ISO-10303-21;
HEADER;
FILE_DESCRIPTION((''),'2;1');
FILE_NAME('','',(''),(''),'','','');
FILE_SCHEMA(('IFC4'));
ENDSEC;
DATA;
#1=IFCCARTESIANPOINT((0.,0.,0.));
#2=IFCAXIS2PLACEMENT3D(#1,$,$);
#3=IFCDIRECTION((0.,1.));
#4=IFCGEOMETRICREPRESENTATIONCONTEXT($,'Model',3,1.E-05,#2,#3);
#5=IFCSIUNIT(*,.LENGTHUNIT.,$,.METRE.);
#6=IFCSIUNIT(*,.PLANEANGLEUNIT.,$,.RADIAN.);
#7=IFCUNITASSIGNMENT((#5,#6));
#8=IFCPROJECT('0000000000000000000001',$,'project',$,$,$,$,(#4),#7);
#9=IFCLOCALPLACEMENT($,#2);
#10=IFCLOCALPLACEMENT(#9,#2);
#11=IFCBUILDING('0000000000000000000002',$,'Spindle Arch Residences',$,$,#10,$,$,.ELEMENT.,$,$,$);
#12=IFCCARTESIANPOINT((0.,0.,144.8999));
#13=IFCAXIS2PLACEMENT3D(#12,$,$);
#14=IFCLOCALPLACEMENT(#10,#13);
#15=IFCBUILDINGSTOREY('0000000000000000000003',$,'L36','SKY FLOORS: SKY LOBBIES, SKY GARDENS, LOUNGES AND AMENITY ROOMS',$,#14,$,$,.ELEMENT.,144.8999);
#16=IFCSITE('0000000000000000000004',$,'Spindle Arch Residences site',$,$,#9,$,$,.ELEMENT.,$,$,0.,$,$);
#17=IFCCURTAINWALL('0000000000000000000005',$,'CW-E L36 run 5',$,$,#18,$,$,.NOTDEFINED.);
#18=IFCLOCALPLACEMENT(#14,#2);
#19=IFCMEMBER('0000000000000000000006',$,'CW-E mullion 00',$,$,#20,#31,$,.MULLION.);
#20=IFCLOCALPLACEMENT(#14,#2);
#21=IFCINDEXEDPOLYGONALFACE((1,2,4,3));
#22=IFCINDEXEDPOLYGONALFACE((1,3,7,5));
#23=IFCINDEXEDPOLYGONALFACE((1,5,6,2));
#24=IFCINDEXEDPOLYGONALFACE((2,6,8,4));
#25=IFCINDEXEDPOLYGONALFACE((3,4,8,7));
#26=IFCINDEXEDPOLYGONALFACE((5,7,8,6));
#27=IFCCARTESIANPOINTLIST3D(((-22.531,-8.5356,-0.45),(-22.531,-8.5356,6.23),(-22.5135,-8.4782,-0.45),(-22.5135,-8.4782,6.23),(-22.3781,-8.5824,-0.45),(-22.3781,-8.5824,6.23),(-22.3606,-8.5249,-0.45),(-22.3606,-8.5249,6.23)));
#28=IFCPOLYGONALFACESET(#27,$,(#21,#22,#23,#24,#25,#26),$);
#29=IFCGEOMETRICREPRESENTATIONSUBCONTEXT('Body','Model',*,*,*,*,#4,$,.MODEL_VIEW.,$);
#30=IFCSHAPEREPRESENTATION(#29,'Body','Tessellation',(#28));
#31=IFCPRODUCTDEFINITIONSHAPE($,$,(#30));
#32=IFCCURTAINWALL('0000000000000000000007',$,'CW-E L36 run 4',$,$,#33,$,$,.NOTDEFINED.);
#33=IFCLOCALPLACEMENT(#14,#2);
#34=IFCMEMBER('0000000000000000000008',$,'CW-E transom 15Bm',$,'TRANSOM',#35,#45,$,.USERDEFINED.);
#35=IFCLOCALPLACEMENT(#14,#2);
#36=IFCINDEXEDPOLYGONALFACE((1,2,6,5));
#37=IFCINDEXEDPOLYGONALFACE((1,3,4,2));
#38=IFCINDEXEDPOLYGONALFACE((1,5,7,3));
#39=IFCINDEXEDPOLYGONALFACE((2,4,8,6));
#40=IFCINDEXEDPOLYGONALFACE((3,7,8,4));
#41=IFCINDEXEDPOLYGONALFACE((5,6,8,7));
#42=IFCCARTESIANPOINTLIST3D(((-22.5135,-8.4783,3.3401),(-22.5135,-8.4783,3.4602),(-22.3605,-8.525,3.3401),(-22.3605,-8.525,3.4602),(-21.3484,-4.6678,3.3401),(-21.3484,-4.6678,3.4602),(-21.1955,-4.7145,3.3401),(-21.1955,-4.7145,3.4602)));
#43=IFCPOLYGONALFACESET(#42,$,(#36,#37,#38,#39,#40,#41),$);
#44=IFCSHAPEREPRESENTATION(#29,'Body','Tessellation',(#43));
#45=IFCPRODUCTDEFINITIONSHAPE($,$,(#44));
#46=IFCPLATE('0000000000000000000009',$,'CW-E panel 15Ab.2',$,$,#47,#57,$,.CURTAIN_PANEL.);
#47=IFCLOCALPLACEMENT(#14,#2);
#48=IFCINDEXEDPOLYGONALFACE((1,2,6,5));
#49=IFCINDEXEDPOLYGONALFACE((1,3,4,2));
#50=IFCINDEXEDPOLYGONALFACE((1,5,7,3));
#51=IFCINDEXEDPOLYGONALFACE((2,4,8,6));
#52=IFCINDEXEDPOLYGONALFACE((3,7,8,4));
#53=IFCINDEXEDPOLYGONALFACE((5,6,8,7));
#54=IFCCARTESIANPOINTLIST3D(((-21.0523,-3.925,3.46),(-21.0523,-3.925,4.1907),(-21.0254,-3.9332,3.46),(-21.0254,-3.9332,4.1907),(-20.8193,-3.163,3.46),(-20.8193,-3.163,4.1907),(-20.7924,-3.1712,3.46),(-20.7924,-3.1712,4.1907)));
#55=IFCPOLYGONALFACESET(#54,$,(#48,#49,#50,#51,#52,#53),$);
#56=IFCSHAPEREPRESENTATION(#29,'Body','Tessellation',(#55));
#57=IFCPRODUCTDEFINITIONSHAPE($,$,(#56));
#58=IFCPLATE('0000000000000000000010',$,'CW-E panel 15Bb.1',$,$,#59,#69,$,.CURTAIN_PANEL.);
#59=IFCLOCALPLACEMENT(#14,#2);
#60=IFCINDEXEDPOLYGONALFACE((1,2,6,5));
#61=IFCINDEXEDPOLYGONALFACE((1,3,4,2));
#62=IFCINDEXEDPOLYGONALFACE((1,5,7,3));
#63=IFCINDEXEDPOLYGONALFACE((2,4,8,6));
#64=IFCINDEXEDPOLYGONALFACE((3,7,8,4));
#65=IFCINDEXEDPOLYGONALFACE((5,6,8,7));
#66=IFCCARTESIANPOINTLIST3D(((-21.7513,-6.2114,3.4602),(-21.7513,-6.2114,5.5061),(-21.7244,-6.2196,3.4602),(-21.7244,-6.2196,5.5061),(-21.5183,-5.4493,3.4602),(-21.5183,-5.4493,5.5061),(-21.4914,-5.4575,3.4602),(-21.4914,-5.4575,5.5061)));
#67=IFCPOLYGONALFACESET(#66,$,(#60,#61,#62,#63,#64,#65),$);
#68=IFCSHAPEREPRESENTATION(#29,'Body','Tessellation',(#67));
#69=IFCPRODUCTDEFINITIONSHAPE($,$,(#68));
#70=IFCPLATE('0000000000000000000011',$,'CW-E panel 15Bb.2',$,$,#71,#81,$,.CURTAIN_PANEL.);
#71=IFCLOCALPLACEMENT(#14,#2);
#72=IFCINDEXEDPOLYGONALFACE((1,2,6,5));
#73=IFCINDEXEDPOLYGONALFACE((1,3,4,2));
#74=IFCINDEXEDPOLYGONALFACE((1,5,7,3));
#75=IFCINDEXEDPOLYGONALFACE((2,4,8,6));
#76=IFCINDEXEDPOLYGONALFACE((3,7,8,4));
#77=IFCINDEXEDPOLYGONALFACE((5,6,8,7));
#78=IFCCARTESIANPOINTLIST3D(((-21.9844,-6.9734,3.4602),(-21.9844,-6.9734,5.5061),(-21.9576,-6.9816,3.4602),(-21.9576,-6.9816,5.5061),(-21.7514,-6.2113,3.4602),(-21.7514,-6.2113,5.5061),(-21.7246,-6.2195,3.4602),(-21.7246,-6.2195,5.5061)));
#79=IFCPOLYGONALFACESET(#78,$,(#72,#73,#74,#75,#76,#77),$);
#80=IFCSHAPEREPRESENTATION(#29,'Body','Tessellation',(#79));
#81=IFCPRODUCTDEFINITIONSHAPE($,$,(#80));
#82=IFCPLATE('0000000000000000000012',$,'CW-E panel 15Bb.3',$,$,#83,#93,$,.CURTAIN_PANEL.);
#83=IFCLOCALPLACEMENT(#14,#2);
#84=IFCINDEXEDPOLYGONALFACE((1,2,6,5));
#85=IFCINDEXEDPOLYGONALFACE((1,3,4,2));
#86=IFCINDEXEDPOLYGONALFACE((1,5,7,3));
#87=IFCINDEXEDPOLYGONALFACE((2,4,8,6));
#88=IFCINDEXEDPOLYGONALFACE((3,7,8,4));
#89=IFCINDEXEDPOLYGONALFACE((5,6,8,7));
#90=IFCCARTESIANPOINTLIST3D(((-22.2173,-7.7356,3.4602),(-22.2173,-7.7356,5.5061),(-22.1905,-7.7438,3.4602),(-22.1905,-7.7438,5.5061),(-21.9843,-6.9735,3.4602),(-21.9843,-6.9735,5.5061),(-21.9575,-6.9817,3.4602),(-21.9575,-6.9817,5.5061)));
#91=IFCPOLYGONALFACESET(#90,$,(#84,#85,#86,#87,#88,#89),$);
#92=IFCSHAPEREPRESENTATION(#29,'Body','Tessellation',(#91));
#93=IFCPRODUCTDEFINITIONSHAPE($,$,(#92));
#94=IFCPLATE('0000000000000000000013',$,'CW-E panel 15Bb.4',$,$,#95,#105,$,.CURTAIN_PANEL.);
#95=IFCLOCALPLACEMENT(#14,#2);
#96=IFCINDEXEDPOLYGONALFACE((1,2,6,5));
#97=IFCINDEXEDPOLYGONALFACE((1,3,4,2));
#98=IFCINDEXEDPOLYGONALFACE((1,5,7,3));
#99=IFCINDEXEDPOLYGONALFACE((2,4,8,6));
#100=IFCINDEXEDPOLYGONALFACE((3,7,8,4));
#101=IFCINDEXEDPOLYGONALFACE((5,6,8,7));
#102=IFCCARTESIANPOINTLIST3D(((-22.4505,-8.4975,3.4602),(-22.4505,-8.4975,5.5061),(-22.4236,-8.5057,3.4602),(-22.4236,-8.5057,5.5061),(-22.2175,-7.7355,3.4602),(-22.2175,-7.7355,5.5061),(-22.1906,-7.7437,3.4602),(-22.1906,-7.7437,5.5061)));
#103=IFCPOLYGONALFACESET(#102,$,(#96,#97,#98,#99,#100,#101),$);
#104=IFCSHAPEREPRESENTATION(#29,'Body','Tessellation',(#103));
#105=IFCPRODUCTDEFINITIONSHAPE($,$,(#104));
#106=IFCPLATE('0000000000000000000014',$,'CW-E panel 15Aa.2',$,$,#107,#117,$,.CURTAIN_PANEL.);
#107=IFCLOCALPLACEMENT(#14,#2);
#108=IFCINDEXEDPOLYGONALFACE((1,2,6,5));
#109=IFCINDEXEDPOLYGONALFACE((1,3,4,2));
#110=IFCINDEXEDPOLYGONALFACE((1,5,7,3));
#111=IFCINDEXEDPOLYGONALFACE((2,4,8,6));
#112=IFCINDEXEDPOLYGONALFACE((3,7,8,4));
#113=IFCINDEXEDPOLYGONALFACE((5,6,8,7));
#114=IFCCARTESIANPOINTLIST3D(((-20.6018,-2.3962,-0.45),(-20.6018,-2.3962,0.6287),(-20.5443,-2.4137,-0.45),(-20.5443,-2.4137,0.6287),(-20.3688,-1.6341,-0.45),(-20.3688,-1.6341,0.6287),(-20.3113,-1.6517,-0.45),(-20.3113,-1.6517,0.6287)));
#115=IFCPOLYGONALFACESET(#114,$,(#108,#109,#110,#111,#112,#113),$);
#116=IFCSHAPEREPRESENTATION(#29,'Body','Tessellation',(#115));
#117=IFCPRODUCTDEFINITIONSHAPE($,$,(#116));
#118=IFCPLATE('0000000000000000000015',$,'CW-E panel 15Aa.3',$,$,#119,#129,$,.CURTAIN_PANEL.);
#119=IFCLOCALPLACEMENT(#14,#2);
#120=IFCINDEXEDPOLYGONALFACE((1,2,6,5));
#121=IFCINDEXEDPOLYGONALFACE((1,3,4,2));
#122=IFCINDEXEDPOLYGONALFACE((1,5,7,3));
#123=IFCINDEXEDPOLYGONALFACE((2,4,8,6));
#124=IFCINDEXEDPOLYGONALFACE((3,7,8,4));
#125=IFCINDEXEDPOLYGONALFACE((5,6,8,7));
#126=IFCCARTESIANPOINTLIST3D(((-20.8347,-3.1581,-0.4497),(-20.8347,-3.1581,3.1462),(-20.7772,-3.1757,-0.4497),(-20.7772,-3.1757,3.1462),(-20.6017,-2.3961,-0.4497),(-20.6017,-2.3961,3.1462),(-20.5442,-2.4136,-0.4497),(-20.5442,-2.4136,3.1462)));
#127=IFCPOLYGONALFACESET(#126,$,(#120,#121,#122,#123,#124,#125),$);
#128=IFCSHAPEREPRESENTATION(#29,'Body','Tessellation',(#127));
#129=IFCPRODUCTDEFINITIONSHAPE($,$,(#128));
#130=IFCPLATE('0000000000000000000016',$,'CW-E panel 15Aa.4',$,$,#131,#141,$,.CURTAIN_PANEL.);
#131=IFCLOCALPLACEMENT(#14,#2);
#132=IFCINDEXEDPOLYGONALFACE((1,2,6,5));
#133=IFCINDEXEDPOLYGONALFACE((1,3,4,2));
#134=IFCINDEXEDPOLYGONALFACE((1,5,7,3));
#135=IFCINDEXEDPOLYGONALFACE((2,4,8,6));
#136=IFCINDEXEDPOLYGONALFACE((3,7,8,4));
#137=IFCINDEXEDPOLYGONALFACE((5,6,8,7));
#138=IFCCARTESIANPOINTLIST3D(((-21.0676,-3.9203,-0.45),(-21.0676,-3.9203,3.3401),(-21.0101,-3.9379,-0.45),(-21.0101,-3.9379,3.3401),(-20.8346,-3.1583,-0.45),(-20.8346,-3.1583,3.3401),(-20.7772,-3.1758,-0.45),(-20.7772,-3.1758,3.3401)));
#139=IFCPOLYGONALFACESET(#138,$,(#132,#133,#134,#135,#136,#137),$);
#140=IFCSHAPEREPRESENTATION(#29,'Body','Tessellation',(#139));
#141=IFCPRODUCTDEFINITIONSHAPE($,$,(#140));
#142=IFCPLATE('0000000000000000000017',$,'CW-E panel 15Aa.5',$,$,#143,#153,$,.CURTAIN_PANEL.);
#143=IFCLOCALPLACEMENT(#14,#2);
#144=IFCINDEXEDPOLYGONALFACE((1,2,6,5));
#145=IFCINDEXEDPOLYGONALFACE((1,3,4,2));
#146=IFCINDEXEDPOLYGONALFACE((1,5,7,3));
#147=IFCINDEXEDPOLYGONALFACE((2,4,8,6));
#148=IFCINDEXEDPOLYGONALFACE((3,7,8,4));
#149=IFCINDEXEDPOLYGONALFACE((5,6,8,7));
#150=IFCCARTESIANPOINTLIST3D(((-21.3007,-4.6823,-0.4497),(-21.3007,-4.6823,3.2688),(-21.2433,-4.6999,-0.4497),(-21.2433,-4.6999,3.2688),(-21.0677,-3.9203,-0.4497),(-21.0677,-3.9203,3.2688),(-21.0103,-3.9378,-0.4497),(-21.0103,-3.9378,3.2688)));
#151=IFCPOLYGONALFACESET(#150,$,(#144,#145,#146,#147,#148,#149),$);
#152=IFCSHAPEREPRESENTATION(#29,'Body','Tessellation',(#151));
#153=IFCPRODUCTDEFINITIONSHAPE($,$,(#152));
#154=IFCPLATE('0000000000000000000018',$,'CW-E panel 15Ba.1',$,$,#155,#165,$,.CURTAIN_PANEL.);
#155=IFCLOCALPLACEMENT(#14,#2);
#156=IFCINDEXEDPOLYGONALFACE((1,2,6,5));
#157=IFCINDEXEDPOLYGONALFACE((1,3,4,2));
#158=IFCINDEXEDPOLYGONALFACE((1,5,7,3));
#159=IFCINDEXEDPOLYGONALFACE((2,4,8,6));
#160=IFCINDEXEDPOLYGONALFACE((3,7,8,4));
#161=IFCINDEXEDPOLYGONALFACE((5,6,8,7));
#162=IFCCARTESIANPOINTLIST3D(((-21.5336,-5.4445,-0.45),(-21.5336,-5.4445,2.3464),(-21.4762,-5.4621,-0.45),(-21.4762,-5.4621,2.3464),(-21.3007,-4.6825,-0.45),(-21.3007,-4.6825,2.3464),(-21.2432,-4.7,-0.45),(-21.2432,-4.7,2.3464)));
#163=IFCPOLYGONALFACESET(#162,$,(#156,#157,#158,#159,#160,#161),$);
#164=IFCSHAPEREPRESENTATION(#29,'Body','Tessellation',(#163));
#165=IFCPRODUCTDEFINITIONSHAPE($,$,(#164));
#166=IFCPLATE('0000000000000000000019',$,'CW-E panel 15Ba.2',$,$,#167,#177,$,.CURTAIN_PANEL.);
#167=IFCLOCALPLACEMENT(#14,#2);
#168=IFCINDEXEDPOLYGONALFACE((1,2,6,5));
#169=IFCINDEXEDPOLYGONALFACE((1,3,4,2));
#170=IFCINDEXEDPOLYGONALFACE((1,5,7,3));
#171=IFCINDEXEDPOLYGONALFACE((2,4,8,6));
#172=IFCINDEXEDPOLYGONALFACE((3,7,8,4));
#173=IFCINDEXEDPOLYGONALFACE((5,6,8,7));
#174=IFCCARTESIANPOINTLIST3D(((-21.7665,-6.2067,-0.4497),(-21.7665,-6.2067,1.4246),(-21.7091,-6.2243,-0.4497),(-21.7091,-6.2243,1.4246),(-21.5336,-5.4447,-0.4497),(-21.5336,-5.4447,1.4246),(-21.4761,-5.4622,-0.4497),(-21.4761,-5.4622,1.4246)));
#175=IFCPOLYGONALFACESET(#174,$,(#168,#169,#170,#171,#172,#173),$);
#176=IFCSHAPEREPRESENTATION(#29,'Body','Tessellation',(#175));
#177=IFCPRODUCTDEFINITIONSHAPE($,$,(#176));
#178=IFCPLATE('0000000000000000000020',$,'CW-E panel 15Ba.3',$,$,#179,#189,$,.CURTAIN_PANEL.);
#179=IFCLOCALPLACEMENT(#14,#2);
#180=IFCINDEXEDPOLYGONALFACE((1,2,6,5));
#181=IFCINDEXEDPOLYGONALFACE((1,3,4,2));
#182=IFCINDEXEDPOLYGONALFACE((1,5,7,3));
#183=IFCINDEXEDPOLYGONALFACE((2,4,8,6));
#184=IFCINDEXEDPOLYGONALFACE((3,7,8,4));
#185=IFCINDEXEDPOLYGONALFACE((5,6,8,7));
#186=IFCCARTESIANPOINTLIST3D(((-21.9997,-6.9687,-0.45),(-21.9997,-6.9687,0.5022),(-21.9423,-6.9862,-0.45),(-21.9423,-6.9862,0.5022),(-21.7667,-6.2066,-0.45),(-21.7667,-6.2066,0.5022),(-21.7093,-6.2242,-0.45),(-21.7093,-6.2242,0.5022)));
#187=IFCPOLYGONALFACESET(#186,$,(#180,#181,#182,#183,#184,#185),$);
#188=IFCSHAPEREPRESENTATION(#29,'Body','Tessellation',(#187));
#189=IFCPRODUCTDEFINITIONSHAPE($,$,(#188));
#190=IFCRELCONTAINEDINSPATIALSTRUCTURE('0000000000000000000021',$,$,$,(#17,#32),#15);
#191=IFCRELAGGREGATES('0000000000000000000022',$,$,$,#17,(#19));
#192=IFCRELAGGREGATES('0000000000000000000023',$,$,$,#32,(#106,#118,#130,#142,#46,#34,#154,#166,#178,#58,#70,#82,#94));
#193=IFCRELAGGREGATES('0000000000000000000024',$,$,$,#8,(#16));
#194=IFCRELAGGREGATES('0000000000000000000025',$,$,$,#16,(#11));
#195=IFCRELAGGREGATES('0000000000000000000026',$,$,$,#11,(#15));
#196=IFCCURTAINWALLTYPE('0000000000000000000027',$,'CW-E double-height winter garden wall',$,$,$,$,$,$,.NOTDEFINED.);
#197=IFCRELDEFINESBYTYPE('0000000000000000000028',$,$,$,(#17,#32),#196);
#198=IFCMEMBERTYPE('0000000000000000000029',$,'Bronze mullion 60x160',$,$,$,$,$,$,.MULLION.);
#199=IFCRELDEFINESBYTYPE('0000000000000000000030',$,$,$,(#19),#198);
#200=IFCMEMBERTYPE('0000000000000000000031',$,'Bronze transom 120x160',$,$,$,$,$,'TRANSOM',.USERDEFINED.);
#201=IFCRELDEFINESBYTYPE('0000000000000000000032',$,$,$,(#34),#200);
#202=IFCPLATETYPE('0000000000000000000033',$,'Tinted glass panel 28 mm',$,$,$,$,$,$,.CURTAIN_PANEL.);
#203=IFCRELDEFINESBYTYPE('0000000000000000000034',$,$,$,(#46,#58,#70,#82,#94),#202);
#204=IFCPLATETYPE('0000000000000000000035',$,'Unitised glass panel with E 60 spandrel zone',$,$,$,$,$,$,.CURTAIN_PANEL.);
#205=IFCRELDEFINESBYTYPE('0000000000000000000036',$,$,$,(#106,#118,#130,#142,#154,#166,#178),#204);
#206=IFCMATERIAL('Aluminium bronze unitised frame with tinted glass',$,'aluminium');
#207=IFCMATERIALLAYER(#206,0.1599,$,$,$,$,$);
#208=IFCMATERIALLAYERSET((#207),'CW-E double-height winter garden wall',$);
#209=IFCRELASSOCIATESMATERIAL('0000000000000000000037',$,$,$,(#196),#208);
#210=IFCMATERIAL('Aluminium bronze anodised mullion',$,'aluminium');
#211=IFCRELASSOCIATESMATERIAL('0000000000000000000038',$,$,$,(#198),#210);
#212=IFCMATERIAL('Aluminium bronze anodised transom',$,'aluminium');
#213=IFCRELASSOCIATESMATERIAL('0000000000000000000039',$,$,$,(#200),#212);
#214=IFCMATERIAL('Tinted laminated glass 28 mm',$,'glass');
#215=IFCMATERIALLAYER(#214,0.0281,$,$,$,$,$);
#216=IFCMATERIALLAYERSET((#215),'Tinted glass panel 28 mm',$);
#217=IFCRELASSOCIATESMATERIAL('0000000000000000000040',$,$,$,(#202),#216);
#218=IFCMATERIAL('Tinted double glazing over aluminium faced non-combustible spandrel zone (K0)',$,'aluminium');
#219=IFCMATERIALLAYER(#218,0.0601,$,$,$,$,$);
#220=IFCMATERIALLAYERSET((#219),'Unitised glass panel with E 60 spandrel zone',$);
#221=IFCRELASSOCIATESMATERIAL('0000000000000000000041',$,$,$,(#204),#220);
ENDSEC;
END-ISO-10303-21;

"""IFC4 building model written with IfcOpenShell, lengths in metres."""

from ifc_helpers import new_model, si_unit, direction, frame, origin, origin_2d, place, context, subcontext, project, spatial, rectangle, extrude, material, layer, layer_set, material_profile, profile_set, type_object, element, aggregate, save


model = new_model("IFC4")

# Units and contexts
model_context = context("Model", 3, precision=1e-05, world=origin(), true_north=direction((0.0, 1.0)))
body_context = subcontext(model_context, "Body", "Model", "MODEL_VIEW")
ifc_project = project(units=[si_unit("LENGTHUNIT", "METRE"), si_unit("PLANEANGLEUNIT", "RADIAN")], contexts=[model_context])

# Site, building, storey
site_placement = place(None, origin())
site = spatial("IfcSite", under=ifc_project, at=site_placement, Name="Spindle Arch Residences site", CompositionType="ELEMENT", RefElevation=0.0)
building_placement = place(site_placement, origin())
building = spatial("IfcBuilding", under=site, at=building_placement, Name="Spindle Arch Residences", CompositionType="ELEMENT")
storey_placement = place(building_placement, frame((0.0, 0.0, 144.8999)))
storey = spatial("IfcBuildingStorey", under=building, at=storey_placement, Name="L36", Description="SKY FLOORS: SKY LOBBIES, SKY GARDENS, LOUNGES AND AMENITY ROOMS", CompositionType="ELEMENT", Elevation=144.8999)

# Curtain wall, member
ifc_material_1 = material(Name="Aluminium bronze unitised frame with tinted glass", Category="aluminium")
ifc_layer_1 = layer(ifc_material_1, 0.1599)
ifc_layer_set_1 = layer_set([ifc_layer_1], Name="CW-E double-height winter garden wall")
curtain_wall_type = type_object("IfcCurtainWallType", Name="CW-E double-height winter garden wall", PredefinedType="NOTDEFINED", material=ifc_layer_set_1)
curtain_wall_1_placement = place(storey_placement, origin())
curtain_wall_1 = element("IfcCurtainWall", 1, at=curtain_wall_1_placement, inside=storey, type_object=curtain_wall_type, Name="CW-E L36 run 5", PredefinedType="NOTDEFINED")
ifc_material_2 = material(Name="Aluminium bronze anodised mullion", Category="aluminium")
ifc_material_profile_1 = material_profile(ifc_material_2, rectangle(XDim=0.1599, YDim=0.0601, at=origin_2d()), Name="MU 60x160")
ifc_profile_set_1 = profile_set([ifc_material_profile_1], Name="Aluminium bronze anodised mullion")
member_type_1 = type_object("IfcMemberType", Name="Bronze mullion 60x160", PredefinedType="MULLION", material=ifc_profile_set_1)
member_1_placement = place(storey_placement, frame((-22.4458, -8.5303, -0.45), z_axis=(0.0, 0.0, 1.0), x_axis=(0.956305, -0.292372, 0.0)))
member_1 = element("IfcMember", 2, at=member_1_placement, type_object=member_type_1, Name="CW-E mullion 00", PredefinedType="MULLION", context=body_context, shape_type="SweptSolid", body=[
    extrude(rectangle(XDim=0.1599, YDim=0.0601, at=origin_2d()), origin(), (0.0, 0.0, 1.0), 6.6799),
])
aggregate(curtain_wall_1, [member_1])

# Curtain wall, member, plates
curtain_wall_2_placement = place(storey_placement, origin())
curtain_wall_2 = element("IfcCurtainWall", 3, at=curtain_wall_2_placement, inside=storey, type_object=curtain_wall_type, Name="CW-E L36 run 4", PredefinedType="NOTDEFINED")
ifc_material_3 = material(Name="Aluminium bronze anodised transom", Category="aluminium")
ifc_material_profile_2 = material_profile(ifc_material_3, rectangle(XDim=0.1599, YDim=0.1201, at=origin_2d()), Name="TR 120x160")
ifc_profile_set_2 = profile_set([ifc_material_profile_2], Name="Aluminium bronze anodised transom")
member_type_2 = type_object("IfcMemberType", Name="Bronze transom 120x160", ElementType="TRANSOM", PredefinedType="USERDEFINED", material=ifc_profile_set_2)
member_2_placement = place(storey_placement, frame((-21.272, -4.6912, 3.4001), z_axis=(-0.29238, -0.956302, 0.0), x_axis=(0.956302, -0.29238, 0.0)))
member_2 = element("IfcMember", 4, at=member_2_placement, type_object=member_type_2, Name="CW-E transom 15Bm", ObjectType="TRANSOM", PredefinedType="USERDEFINED", context=body_context, shape_type="SweptSolid", body=[
    extrude(rectangle(XDim=0.1599, YDim=0.1201, at=origin_2d()), origin(), (0.0, 0.0, 1.0), 3.9846),
])
ifc_material_4 = material(Name="Tinted laminated glass 28 mm", Category="glass")
ifc_layer_2 = layer(ifc_material_4, 0.0281)
ifc_layer_set_2 = layer_set([ifc_layer_2], Name="Tinted glass panel 28 mm")
plate_type_1 = type_object("IfcPlateType", Name="Tinted glass panel 28 mm", PredefinedType="CURTAIN_PANEL", material=ifc_layer_set_2)
plate_1_placement = place(storey_placement, frame((-20.9224, -3.5481, 3.46), z_axis=(0.0, 0.0, 1.0), x_axis=(-0.292372, -0.956305, 0.0)))
plate_1 = element("IfcPlate", 5, at=plate_1_placement, type_object=plate_type_1, Name="CW-E panel 15Ab.2", PredefinedType="CURTAIN_PANEL", context=body_context, shape_type="SweptSolid", body=[
    extrude(rectangle(XDim=0.7969, YDim=0.0281, at=origin_2d()), origin(), (0.0, 0.0, 1.0), 0.7307),
])
plate_2_placement = place(storey_placement, frame((-21.6213, -5.8345, 3.4602), z_axis=(0.0, 0.0, 1.0), x_axis=(-0.292372, -0.956305, 0.0)))
plate_2 = element("IfcPlate", 6, at=plate_2_placement, type_object=plate_type_1, Name="CW-E panel 15Bb.1", PredefinedType="CURTAIN_PANEL", context=body_context, shape_type="SweptSolid", body=[
    extrude(rectangle(XDim=0.7969, YDim=0.0281, at=origin_2d()), origin(), (0.0, 0.0, 1.0), 2.0459),
])
plate_3_placement = place(storey_placement, frame((-21.8545, -6.5964, 3.4602), z_axis=(0.0, 0.0, 1.0), x_axis=(-0.292372, -0.956305, 0.0)))
plate_3 = element("IfcPlate", 7, at=plate_3_placement, type_object=plate_type_1, Name="CW-E panel 15Bb.2", PredefinedType="CURTAIN_PANEL", context=body_context, shape_type="SweptSolid", body=[
    extrude(rectangle(XDim=0.7969, YDim=0.0281, at=origin_2d()), origin(), (0.0, 0.0, 1.0), 2.0459),
])
plate_4_placement = place(storey_placement, frame((-22.0874, -7.3586, 3.4602), z_axis=(0.0, 0.0, 1.0), x_axis=(-0.292372, -0.956305, 0.0)))
plate_4 = element("IfcPlate", 8, at=plate_4_placement, type_object=plate_type_1, Name="CW-E panel 15Bb.3", PredefinedType="CURTAIN_PANEL", context=body_context, shape_type="SweptSolid", body=[
    extrude(rectangle(XDim=0.7969, YDim=0.0281, at=origin_2d()), origin(), (0.0, 0.0, 1.0), 2.0459),
])
plate_5_placement = place(storey_placement, frame((-22.3206, -8.1206, 3.4602), z_axis=(0.0, 0.0, 1.0), x_axis=(-0.292372, -0.956305, 0.0)))
plate_5 = element("IfcPlate", 9, at=plate_5_placement, type_object=plate_type_1, Name="CW-E panel 15Bb.4", PredefinedType="CURTAIN_PANEL", context=body_context, shape_type="SweptSolid", body=[
    extrude(rectangle(XDim=0.7969, YDim=0.0281, at=origin_2d()), origin(), (0.0, 0.0, 1.0), 2.0459),
])
ifc_material_5 = material(Name="Tinted double glazing over aluminium faced non-combustible spandrel zone (K0)", Category="aluminium")
ifc_layer_3 = layer(ifc_material_5, 0.0601)
ifc_layer_set_3 = layer_set([ifc_layer_3], Name="Unitised glass panel with E 60 spandrel zone")
plate_type_2 = type_object("IfcPlateType", Name="Unitised glass panel with E 60 spandrel zone", PredefinedType="CURTAIN_PANEL", material=ifc_layer_set_3)
plate_6_placement = place(storey_placement, frame((-20.4565, -2.0239, -0.45), z_axis=(0.0, 0.0, 1.0), x_axis=(-0.292372, -0.956305, 0.0)))
plate_6 = element("IfcPlate", 10, at=plate_6_placement, type_object=plate_type_2, Name="CW-E panel 15Aa.2", PredefinedType="CURTAIN_PANEL", context=body_context, shape_type="SweptSolid", body=[
    extrude(rectangle(XDim=0.7969, YDim=0.0601, at=origin_2d()), origin(), (0.0, 0.0, 1.0), 1.0786),
])
plate_7_placement = place(storey_placement, frame((-20.6895, -2.7859, -0.4497), z_axis=(0.0, 0.0, 1.0), x_axis=(-0.292372, -0.956305, 0.0)))
plate_7 = element("IfcPlate", 11, at=plate_7_placement, type_object=plate_type_2, Name="CW-E panel 15Aa.3", PredefinedType="CURTAIN_PANEL", context=body_context, shape_type="SweptSolid", body=[
    extrude(rectangle(XDim=0.7969, YDim=0.0601, at=origin_2d()), origin(), (0.0, 0.0, 1.0), 3.5959),
])
plate_8_placement = place(storey_placement, frame((-20.9224, -3.5481, -0.45), z_axis=(0.0, 0.0, 1.0), x_axis=(-0.292372, -0.956305, 0.0)))
plate_8 = element("IfcPlate", 12, at=plate_8_placement, type_object=plate_type_2, Name="CW-E panel 15Aa.4", PredefinedType="CURTAIN_PANEL", context=body_context, shape_type="SweptSolid", body=[
    extrude(rectangle(XDim=0.7969, YDim=0.0601, at=origin_2d()), origin(), (0.0, 0.0, 1.0), 3.79),
])
plate_9_placement = place(storey_placement, frame((-21.1555, -4.3101, -0.4497), z_axis=(0.0, 0.0, 1.0), x_axis=(-0.292372, -0.956305, 0.0)))
plate_9 = element("IfcPlate", 13, at=plate_9_placement, type_object=plate_type_2, Name="CW-E panel 15Aa.5", PredefinedType="CURTAIN_PANEL", context=body_context, shape_type="SweptSolid", body=[
    extrude(rectangle(XDim=0.7969, YDim=0.0601, at=origin_2d()), origin(), (0.0, 0.0, 1.0), 3.7185),
])
plate_10_placement = place(storey_placement, frame((-21.3884, -5.0723, -0.45), z_axis=(0.0, 0.0, 1.0), x_axis=(-0.292372, -0.956305, 0.0)))
plate_10 = element("IfcPlate", 14, at=plate_10_placement, type_object=plate_type_2, Name="CW-E panel 15Ba.1", PredefinedType="CURTAIN_PANEL", context=body_context, shape_type="SweptSolid", body=[
    extrude(rectangle(XDim=0.7969, YDim=0.0601, at=origin_2d()), origin(), (0.0, 0.0, 1.0), 2.7964),
])
plate_11_placement = place(storey_placement, frame((-21.6213, -5.8345, -0.4497), z_axis=(0.0, 0.0, 1.0), x_axis=(-0.292372, -0.956305, 0.0)))
plate_11 = element("IfcPlate", 15, at=plate_11_placement, type_object=plate_type_2, Name="CW-E panel 15Ba.2", PredefinedType="CURTAIN_PANEL", context=body_context, shape_type="SweptSolid", body=[
    extrude(rectangle(XDim=0.7969, YDim=0.0601, at=origin_2d()), origin(), (0.0, 0.0, 1.0), 1.8743),
])
plate_12_placement = place(storey_placement, frame((-21.8545, -6.5964, -0.45), z_axis=(0.0, 0.0, 1.0), x_axis=(-0.292372, -0.956305, 0.0)))
plate_12 = element("IfcPlate", 16, at=plate_12_placement, type_object=plate_type_2, Name="CW-E panel 15Ba.3", PredefinedType="CURTAIN_PANEL", context=body_context, shape_type="SweptSolid", body=[
    extrude(rectangle(XDim=0.7969, YDim=0.0601, at=origin_2d()), origin(), (0.0, 0.0, 1.0), 0.9521),
])
aggregate(curtain_wall_2, [plate_6, plate_7, plate_8, plate_9, plate_1, member_2, plate_10, plate_11, plate_12, plate_2, plate_3, plate_4, plate_5])

save(model, "model.ifc")
